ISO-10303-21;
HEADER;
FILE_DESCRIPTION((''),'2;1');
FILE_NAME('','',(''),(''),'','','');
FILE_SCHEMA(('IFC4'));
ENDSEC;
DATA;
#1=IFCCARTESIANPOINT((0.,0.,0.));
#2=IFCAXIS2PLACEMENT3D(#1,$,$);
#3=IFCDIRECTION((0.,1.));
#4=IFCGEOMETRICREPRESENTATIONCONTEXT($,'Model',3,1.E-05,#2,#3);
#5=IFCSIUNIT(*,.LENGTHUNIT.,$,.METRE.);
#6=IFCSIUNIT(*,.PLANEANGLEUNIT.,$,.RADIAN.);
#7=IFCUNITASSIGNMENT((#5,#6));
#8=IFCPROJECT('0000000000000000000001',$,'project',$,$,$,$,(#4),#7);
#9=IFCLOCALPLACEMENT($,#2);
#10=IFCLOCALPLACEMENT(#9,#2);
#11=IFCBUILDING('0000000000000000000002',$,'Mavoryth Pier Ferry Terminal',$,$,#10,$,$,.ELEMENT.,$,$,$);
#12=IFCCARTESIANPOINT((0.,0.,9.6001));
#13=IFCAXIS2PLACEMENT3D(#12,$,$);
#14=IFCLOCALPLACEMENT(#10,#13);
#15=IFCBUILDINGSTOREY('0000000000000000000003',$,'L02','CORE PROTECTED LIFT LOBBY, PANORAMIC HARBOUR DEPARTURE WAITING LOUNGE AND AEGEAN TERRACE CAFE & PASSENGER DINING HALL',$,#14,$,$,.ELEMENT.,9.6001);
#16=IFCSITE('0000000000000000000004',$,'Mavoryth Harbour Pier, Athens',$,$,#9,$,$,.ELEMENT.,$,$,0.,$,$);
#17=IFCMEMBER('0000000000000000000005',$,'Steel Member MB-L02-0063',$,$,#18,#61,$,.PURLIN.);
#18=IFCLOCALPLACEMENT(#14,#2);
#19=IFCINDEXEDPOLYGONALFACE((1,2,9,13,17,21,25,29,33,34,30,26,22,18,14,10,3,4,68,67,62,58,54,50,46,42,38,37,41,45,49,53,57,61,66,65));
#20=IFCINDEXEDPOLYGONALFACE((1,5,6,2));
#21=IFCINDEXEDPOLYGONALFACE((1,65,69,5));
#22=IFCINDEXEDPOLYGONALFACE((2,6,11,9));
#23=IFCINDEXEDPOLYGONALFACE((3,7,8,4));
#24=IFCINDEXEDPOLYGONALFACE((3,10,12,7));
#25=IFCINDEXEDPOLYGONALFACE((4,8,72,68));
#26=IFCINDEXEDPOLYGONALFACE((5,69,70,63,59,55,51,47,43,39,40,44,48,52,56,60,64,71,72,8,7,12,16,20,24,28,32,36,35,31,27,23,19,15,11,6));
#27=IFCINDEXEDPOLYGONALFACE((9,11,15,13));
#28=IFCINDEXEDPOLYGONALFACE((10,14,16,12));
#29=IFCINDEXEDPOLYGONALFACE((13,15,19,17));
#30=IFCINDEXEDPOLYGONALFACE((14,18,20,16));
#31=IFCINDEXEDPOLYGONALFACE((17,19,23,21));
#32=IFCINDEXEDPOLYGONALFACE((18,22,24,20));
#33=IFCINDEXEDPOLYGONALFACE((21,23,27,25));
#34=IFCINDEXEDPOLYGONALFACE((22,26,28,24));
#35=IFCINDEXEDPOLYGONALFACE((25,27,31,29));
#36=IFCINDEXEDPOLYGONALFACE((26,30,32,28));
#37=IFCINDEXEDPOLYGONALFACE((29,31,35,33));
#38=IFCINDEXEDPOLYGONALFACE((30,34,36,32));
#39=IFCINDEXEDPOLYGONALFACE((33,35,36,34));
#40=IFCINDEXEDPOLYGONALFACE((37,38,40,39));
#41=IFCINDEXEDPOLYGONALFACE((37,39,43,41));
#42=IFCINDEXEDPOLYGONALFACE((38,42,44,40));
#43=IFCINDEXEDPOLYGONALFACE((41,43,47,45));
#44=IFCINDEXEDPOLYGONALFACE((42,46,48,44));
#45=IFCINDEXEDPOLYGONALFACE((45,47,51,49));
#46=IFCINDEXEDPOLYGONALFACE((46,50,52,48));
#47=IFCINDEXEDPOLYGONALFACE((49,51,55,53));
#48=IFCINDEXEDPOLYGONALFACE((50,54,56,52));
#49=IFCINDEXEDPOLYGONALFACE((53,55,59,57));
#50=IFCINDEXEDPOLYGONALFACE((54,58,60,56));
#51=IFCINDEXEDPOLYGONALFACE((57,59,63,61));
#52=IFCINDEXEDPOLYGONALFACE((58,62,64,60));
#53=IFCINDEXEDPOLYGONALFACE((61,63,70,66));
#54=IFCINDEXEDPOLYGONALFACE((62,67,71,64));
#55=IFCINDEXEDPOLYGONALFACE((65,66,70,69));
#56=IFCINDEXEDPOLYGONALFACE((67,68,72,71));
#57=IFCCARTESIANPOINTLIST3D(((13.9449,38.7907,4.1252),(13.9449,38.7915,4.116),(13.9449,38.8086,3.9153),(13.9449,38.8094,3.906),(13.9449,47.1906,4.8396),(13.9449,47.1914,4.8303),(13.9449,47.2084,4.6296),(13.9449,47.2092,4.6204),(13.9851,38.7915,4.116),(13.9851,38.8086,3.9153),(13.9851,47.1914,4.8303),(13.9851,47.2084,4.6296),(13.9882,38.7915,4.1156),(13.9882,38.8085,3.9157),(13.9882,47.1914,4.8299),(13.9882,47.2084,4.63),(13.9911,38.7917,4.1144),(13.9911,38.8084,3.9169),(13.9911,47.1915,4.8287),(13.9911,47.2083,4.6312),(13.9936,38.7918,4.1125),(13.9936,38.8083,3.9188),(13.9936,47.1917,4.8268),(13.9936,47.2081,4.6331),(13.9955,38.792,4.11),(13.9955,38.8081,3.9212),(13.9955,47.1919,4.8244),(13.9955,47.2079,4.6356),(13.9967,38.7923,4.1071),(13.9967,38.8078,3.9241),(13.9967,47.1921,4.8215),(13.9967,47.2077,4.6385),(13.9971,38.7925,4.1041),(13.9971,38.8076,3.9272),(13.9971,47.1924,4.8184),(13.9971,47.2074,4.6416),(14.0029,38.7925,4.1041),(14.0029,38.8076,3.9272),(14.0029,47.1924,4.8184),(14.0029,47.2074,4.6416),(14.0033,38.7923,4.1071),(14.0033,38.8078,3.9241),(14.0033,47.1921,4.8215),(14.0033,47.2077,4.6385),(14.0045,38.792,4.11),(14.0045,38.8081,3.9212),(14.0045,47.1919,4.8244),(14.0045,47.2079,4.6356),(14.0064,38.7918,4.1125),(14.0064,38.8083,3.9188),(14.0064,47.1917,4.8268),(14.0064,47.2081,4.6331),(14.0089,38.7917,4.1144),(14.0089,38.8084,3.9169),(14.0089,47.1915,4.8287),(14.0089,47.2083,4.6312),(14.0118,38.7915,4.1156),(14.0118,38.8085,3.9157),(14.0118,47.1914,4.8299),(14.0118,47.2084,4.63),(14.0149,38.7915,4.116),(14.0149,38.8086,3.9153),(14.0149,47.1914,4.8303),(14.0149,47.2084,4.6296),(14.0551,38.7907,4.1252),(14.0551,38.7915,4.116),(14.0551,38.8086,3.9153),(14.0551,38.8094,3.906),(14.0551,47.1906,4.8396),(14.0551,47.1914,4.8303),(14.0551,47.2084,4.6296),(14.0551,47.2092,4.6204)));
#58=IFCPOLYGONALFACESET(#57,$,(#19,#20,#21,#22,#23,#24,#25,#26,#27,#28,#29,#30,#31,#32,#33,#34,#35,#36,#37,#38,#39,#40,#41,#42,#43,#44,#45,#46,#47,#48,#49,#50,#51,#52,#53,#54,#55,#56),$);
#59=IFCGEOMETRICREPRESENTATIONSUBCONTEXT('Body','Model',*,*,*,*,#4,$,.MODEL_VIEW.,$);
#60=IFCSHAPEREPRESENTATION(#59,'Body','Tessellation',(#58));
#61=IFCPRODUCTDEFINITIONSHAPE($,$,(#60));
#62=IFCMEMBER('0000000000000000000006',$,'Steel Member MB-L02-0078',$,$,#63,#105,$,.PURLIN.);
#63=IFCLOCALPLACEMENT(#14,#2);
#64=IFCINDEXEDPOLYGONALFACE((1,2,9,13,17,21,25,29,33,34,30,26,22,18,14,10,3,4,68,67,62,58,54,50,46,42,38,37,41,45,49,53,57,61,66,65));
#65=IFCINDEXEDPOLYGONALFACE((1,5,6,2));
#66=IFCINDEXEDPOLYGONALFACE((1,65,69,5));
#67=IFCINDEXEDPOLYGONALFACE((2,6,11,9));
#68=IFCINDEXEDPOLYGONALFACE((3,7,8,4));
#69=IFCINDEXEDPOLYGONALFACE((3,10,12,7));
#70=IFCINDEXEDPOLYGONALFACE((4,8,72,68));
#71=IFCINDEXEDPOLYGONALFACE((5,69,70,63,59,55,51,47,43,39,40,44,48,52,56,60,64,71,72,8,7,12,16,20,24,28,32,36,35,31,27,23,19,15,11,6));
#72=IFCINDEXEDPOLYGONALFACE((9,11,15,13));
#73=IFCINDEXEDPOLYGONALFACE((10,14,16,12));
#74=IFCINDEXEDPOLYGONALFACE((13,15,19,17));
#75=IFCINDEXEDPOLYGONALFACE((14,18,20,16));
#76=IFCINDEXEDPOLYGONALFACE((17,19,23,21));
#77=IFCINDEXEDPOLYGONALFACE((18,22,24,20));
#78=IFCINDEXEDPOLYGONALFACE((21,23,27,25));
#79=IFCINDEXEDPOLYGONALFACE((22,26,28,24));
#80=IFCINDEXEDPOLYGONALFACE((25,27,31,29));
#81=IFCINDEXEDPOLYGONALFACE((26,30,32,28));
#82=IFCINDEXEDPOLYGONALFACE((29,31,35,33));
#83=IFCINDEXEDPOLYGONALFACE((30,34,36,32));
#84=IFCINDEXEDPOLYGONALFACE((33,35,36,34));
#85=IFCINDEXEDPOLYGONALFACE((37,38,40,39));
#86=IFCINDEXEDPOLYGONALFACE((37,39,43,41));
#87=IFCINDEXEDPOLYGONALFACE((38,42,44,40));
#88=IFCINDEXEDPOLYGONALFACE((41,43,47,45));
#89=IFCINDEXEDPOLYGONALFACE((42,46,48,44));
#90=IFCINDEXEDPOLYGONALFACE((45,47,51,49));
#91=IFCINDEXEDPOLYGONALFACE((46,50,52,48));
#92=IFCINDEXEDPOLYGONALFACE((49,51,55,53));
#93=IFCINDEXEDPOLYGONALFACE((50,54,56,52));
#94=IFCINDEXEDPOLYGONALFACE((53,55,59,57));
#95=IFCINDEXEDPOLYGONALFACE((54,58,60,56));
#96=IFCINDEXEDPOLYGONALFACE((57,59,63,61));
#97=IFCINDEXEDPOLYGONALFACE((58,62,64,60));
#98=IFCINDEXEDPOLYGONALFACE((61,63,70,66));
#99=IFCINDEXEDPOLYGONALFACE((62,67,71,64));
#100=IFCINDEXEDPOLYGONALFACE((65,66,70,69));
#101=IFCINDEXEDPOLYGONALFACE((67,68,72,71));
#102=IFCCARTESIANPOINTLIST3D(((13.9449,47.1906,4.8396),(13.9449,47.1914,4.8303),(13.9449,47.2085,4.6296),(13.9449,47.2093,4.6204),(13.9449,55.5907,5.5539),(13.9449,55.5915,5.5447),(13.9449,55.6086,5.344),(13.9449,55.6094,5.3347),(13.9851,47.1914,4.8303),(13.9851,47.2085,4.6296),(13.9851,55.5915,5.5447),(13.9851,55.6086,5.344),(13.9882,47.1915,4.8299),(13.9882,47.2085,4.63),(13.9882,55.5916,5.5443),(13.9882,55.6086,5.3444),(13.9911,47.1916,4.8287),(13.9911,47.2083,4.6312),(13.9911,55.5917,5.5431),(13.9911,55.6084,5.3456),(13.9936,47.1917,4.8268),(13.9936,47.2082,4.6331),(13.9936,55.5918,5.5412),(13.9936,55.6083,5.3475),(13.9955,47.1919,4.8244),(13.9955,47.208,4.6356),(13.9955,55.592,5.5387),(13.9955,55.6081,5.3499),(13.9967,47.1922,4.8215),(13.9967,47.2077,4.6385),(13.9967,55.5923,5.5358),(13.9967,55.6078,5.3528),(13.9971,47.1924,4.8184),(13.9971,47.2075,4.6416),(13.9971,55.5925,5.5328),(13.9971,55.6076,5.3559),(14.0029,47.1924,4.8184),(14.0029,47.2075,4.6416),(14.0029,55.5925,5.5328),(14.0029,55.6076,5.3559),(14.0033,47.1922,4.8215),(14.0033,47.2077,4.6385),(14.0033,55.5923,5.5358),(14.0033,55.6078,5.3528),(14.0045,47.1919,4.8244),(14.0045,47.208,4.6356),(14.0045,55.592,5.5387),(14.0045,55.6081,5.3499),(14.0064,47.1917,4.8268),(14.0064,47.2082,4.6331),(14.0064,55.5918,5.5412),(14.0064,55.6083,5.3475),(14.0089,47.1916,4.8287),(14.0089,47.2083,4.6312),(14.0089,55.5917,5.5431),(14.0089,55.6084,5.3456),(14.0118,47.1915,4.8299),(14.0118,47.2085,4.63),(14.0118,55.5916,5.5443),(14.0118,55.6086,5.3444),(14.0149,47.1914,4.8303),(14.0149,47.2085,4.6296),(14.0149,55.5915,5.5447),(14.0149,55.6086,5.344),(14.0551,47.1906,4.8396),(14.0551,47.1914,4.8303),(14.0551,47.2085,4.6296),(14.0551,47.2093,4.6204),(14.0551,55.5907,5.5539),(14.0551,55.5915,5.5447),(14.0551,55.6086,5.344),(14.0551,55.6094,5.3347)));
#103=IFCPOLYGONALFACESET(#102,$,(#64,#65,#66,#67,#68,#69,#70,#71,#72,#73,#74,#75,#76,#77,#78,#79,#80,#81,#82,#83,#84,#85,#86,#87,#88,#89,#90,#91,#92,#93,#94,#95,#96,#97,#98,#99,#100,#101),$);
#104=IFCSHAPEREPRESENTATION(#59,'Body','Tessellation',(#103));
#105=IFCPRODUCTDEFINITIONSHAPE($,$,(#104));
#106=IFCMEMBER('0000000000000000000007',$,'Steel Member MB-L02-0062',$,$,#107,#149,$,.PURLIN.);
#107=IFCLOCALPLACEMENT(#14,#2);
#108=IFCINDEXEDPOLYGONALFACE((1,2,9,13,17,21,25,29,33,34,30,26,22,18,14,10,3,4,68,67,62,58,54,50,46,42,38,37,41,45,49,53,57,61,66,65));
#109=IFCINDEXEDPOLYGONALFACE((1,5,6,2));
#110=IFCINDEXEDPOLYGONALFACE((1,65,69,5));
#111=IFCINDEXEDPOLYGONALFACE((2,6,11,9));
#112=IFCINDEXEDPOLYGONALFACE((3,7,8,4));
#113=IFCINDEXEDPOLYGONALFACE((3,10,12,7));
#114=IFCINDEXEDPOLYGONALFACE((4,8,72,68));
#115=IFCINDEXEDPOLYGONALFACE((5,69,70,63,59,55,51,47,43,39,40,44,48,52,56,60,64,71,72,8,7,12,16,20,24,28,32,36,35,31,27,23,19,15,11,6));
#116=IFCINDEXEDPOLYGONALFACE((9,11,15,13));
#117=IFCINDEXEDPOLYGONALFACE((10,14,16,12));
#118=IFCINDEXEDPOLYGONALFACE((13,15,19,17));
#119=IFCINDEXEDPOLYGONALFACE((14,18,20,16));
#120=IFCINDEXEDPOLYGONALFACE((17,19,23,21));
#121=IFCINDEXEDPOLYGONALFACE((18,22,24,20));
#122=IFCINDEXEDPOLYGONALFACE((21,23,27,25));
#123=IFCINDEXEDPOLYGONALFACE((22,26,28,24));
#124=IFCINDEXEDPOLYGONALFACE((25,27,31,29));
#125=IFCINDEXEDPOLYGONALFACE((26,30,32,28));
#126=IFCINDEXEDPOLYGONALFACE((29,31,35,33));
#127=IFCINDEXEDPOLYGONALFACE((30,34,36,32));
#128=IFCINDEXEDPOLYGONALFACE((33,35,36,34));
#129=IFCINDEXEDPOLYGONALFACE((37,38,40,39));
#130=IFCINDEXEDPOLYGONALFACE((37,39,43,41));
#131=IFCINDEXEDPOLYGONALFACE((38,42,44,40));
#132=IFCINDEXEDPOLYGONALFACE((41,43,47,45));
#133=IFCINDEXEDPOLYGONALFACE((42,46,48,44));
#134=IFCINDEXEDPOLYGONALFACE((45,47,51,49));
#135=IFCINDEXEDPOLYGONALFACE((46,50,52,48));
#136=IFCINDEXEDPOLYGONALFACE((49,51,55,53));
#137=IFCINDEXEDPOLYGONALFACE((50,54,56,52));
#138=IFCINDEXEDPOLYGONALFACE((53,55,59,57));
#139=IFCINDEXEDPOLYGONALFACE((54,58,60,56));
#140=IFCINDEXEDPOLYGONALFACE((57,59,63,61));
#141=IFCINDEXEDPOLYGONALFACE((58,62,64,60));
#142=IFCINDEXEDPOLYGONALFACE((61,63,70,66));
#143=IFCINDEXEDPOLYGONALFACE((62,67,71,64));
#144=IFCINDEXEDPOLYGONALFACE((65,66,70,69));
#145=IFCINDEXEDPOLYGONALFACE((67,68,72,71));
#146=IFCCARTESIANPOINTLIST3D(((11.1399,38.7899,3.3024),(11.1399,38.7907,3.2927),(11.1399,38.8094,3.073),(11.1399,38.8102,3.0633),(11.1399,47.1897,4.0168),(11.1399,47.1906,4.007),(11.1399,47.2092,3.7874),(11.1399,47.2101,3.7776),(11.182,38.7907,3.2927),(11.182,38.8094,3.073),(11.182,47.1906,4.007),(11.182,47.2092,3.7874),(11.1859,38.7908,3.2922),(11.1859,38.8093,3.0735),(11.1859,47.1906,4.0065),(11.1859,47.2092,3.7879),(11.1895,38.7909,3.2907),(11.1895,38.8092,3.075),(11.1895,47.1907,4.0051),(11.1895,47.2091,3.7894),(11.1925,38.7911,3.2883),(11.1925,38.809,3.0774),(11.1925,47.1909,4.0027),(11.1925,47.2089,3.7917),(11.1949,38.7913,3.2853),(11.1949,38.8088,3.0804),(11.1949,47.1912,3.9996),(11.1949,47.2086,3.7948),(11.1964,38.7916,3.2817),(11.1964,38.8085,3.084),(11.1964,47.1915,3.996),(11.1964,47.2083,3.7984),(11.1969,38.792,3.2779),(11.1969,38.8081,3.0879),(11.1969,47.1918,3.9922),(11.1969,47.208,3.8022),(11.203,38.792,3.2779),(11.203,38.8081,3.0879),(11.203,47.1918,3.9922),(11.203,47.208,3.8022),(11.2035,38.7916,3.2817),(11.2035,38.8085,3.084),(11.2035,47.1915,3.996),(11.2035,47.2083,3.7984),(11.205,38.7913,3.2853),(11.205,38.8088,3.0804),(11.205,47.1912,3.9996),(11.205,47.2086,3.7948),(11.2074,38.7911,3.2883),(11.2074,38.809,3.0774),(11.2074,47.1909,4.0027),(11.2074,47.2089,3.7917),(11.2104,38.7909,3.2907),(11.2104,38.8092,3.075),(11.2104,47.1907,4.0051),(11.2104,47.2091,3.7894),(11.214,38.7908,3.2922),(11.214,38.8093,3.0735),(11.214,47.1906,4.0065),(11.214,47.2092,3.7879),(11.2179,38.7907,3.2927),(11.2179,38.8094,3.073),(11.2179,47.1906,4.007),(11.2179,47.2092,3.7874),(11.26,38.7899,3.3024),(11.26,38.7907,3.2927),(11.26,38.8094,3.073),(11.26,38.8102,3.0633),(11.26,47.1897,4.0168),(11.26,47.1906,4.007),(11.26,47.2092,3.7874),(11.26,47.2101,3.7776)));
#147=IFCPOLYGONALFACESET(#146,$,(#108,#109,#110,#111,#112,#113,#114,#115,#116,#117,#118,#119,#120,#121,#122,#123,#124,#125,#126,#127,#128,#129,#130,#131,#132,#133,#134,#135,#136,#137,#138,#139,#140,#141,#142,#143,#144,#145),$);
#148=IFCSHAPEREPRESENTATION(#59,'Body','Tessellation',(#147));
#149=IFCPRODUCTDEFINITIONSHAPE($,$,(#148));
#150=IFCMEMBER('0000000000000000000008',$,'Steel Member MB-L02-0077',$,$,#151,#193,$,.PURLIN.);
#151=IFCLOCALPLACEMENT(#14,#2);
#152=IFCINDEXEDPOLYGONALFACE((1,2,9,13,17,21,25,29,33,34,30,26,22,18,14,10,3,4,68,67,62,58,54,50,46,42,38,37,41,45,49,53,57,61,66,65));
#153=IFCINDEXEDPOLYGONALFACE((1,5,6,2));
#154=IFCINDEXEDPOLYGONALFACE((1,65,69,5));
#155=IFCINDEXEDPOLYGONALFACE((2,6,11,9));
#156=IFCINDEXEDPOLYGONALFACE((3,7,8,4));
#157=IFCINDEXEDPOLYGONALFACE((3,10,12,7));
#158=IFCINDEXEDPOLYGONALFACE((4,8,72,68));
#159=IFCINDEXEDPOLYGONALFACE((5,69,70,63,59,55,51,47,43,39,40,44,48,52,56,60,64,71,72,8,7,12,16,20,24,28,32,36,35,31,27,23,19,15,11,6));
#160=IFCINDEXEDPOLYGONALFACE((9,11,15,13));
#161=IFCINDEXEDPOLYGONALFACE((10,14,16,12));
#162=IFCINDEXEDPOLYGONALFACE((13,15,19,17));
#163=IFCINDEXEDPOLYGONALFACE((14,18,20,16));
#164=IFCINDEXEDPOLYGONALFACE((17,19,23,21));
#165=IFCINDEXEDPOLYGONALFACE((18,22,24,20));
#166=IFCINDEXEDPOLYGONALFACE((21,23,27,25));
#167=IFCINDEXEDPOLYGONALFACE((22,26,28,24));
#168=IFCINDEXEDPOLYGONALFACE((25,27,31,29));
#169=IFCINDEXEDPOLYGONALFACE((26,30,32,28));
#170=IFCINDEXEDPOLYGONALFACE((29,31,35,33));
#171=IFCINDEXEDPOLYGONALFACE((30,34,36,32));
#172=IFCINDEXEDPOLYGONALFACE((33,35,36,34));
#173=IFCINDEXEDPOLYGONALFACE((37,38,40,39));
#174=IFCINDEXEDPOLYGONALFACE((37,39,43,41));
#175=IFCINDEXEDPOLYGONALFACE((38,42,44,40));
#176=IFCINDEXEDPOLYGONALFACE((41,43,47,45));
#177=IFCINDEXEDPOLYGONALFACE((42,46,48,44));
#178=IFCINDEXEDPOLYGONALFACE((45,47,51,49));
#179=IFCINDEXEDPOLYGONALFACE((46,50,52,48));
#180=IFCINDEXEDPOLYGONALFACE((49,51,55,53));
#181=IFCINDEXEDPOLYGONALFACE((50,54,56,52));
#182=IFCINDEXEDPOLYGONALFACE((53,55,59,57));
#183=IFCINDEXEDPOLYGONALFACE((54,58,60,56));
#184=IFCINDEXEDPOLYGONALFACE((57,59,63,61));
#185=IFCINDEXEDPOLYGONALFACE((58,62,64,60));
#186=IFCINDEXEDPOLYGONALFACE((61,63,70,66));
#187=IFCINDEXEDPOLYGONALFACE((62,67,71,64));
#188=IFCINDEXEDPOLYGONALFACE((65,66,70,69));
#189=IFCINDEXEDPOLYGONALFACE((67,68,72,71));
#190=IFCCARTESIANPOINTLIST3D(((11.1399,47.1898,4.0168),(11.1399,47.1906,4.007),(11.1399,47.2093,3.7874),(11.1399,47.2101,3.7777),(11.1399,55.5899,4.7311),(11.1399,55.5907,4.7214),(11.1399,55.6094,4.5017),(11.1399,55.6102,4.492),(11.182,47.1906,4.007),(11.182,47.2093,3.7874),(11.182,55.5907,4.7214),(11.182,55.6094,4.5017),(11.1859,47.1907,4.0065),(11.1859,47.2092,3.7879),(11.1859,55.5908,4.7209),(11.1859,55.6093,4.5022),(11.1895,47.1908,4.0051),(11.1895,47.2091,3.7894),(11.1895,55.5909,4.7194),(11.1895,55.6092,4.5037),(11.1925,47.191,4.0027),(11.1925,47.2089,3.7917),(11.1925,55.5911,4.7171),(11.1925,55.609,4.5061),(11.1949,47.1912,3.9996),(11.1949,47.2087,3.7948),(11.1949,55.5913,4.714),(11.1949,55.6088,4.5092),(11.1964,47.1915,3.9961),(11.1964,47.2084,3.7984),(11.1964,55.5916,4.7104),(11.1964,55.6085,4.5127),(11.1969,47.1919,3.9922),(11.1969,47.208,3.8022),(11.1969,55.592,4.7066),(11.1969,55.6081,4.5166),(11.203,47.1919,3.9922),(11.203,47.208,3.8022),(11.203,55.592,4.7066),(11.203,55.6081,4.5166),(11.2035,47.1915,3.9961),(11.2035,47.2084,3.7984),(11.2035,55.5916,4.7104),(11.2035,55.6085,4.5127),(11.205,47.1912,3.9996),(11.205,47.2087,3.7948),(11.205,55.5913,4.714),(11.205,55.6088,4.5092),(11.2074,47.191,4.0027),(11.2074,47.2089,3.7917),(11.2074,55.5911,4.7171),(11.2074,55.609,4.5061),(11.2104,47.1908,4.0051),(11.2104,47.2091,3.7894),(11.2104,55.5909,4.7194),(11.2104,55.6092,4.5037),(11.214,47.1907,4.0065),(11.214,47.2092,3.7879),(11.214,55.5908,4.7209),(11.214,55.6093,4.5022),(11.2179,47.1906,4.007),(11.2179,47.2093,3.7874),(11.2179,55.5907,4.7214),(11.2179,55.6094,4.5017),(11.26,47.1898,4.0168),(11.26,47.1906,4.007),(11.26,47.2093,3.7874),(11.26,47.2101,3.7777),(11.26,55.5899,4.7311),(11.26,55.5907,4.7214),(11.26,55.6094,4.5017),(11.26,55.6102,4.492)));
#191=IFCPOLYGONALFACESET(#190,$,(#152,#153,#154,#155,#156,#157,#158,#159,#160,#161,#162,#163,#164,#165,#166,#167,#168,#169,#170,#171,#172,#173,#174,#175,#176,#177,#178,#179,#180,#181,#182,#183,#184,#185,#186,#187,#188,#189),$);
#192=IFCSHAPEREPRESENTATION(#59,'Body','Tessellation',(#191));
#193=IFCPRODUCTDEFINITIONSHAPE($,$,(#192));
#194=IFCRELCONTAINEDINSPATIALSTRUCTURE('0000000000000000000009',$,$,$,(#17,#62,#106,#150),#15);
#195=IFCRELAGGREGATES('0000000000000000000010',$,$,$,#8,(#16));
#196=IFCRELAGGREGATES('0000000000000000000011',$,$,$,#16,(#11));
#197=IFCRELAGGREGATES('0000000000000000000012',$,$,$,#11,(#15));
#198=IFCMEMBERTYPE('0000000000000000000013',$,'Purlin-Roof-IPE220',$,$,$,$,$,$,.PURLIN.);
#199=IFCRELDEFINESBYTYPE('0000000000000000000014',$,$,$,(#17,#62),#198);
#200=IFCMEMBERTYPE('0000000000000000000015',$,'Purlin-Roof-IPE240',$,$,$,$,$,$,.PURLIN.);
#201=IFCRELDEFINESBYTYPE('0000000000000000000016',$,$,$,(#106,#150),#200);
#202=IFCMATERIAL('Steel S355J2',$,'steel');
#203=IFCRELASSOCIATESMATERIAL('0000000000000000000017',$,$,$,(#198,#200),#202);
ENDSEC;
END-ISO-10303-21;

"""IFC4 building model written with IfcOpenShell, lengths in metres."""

from ifc_helpers import new_model, si_unit, direction, frame, origin, origin_2d, place, context, subcontext, project, spatial, i_section, extrude, material, material_profile, profile_set, type_object, element, save


model = new_model("IFC4")

# Units and contexts
model_context = context("Model", 3, precision=1e-05, world=origin(), true_north=direction((0.0, 1.0)))
body_context = subcontext(model_context, "Body", "Model", "MODEL_VIEW")
ifc_project = project(units=[si_unit("LENGTHUNIT", "METRE"), si_unit("PLANEANGLEUNIT", "RADIAN")], contexts=[model_context])

# Site, building, storey
site_placement = place(None, origin())
site = spatial("IfcSite", under=ifc_project, at=site_placement, Name="Mavoryth Harbour Pier, Athens", CompositionType="ELEMENT", RefElevation=0.0)
building_placement = place(site_placement, origin())
building = spatial("IfcBuilding", under=site, at=building_placement, Name="Mavoryth Pier Ferry Terminal", CompositionType="ELEMENT")
storey_placement = place(building_placement, frame((0.0, 0.0, 9.6001)))
storey = spatial("IfcBuildingStorey", under=building, at=storey_placement, Name="L02", Description="CORE PROTECTED LIFT LOBBY, PANORAMIC HARBOUR DEPARTURE WAITING LOUNGE AND AEGEAN TERRACE CAFE & PASSENGER DINING HALL", CompositionType="ELEMENT", Elevation=9.6001)

# Members
ifc_material_1 = material(Name="Steel S355J2", Category="steel")
ifc_material_profile_1 = material_profile(ifc_material_1, i_section(OverallWidth=0.1101, OverallDepth=0.22, WebThickness=0.0059, FlangeThickness=0.0093, FilletRadius=0.012, at=origin_2d()), Name="IPE 220", Category="steel")
ifc_profile_set_1 = profile_set([ifc_material_profile_1], Name="Steel S355J2 - IPE 220")
member_type_1 = type_object("IfcMemberType", Name="Purlin-Roof-IPE220", PredefinedType="PURLIN", material=ifc_profile_set_1)
member_1_placement = place(storey_placement, frame((14.0, 38.8, 4.0156), z_axis=(0.0, 0.996403, 0.084737), x_axis=(-1.0, 0.0, 0.0)))
element("IfcMember", 1, at=member_1_placement, inside=storey, type_object=member_type_1, Name="Steel Member MB-L02-0063", PredefinedType="PURLIN", context=body_context, shape_type="SweptSolid", body=[
    extrude(i_section(OverallWidth=0.1101, OverallDepth=0.22, WebThickness=0.0059, FlangeThickness=0.0093, FilletRadius=0.012, at=origin_2d()), origin(), (0.0, 0.0, 1.0), 8.4302),
])
member_2_placement = place(storey_placement, frame((14.0, 47.2, 4.73), z_axis=(0.0, 0.996404, 0.084735), x_axis=(-1.0, 0.0, 0.0)))
element("IfcMember", 2, at=member_2_placement, inside=storey, type_object=member_type_1, Name="Steel Member MB-L02-0078", PredefinedType="PURLIN", context=body_context, shape_type="SweptSolid", body=[
    extrude(i_section(OverallWidth=0.1101, OverallDepth=0.22, WebThickness=0.0059, FlangeThickness=0.0093, FilletRadius=0.012, at=origin_2d()), origin(), (0.0, 0.0, 1.0), 8.4304),
])
ifc_material_profile_2 = material_profile(ifc_material_1, i_section(OverallWidth=0.1201, OverallDepth=0.24, WebThickness=0.0061, FlangeThickness=0.0098, FilletRadius=0.0149, at=origin_2d()), Name="IPE 240", Category="steel")
ifc_profile_set_2 = profile_set([ifc_material_profile_2], Name="Steel S355J2 - IPE 240")
member_type_2 = type_object("IfcMemberType", Name="Purlin-Roof-IPE240", PredefinedType="PURLIN", material=ifc_profile_set_2)
member_3_placement = place(storey_placement, frame((11.2, 38.8, 3.1829), z_axis=(0.0, 0.996403, 0.084737), x_axis=(-1.0, 0.0, 0.0)))
element("IfcMember", 3, at=member_3_placement, inside=storey, type_object=member_type_2, Name="Steel Member MB-L02-0062", PredefinedType="PURLIN", context=body_context, shape_type="SweptSolid", body=[
    extrude(i_section(OverallWidth=0.1201, OverallDepth=0.24, WebThickness=0.0061, FlangeThickness=0.0098, FilletRadius=0.0149, at=origin_2d()), origin(), (0.0, 0.0, 1.0), 8.4302),
])
member_4_placement = place(storey_placement, frame((11.2, 47.2, 3.8972), z_axis=(0.0, 0.996404, 0.084735), x_axis=(-1.0, 0.0, 0.0)))
element("IfcMember", 4, at=member_4_placement, inside=storey, type_object=member_type_2, Name="Steel Member MB-L02-0077", PredefinedType="PURLIN", context=body_context, shape_type="SweptSolid", body=[
    extrude(i_section(OverallWidth=0.1201, OverallDepth=0.24, WebThickness=0.0061, FlangeThickness=0.0098, FilletRadius=0.0149, at=origin_2d()), origin(), (0.0, 0.0, 1.0), 8.4304),
])

save(model, "model.ifc")
